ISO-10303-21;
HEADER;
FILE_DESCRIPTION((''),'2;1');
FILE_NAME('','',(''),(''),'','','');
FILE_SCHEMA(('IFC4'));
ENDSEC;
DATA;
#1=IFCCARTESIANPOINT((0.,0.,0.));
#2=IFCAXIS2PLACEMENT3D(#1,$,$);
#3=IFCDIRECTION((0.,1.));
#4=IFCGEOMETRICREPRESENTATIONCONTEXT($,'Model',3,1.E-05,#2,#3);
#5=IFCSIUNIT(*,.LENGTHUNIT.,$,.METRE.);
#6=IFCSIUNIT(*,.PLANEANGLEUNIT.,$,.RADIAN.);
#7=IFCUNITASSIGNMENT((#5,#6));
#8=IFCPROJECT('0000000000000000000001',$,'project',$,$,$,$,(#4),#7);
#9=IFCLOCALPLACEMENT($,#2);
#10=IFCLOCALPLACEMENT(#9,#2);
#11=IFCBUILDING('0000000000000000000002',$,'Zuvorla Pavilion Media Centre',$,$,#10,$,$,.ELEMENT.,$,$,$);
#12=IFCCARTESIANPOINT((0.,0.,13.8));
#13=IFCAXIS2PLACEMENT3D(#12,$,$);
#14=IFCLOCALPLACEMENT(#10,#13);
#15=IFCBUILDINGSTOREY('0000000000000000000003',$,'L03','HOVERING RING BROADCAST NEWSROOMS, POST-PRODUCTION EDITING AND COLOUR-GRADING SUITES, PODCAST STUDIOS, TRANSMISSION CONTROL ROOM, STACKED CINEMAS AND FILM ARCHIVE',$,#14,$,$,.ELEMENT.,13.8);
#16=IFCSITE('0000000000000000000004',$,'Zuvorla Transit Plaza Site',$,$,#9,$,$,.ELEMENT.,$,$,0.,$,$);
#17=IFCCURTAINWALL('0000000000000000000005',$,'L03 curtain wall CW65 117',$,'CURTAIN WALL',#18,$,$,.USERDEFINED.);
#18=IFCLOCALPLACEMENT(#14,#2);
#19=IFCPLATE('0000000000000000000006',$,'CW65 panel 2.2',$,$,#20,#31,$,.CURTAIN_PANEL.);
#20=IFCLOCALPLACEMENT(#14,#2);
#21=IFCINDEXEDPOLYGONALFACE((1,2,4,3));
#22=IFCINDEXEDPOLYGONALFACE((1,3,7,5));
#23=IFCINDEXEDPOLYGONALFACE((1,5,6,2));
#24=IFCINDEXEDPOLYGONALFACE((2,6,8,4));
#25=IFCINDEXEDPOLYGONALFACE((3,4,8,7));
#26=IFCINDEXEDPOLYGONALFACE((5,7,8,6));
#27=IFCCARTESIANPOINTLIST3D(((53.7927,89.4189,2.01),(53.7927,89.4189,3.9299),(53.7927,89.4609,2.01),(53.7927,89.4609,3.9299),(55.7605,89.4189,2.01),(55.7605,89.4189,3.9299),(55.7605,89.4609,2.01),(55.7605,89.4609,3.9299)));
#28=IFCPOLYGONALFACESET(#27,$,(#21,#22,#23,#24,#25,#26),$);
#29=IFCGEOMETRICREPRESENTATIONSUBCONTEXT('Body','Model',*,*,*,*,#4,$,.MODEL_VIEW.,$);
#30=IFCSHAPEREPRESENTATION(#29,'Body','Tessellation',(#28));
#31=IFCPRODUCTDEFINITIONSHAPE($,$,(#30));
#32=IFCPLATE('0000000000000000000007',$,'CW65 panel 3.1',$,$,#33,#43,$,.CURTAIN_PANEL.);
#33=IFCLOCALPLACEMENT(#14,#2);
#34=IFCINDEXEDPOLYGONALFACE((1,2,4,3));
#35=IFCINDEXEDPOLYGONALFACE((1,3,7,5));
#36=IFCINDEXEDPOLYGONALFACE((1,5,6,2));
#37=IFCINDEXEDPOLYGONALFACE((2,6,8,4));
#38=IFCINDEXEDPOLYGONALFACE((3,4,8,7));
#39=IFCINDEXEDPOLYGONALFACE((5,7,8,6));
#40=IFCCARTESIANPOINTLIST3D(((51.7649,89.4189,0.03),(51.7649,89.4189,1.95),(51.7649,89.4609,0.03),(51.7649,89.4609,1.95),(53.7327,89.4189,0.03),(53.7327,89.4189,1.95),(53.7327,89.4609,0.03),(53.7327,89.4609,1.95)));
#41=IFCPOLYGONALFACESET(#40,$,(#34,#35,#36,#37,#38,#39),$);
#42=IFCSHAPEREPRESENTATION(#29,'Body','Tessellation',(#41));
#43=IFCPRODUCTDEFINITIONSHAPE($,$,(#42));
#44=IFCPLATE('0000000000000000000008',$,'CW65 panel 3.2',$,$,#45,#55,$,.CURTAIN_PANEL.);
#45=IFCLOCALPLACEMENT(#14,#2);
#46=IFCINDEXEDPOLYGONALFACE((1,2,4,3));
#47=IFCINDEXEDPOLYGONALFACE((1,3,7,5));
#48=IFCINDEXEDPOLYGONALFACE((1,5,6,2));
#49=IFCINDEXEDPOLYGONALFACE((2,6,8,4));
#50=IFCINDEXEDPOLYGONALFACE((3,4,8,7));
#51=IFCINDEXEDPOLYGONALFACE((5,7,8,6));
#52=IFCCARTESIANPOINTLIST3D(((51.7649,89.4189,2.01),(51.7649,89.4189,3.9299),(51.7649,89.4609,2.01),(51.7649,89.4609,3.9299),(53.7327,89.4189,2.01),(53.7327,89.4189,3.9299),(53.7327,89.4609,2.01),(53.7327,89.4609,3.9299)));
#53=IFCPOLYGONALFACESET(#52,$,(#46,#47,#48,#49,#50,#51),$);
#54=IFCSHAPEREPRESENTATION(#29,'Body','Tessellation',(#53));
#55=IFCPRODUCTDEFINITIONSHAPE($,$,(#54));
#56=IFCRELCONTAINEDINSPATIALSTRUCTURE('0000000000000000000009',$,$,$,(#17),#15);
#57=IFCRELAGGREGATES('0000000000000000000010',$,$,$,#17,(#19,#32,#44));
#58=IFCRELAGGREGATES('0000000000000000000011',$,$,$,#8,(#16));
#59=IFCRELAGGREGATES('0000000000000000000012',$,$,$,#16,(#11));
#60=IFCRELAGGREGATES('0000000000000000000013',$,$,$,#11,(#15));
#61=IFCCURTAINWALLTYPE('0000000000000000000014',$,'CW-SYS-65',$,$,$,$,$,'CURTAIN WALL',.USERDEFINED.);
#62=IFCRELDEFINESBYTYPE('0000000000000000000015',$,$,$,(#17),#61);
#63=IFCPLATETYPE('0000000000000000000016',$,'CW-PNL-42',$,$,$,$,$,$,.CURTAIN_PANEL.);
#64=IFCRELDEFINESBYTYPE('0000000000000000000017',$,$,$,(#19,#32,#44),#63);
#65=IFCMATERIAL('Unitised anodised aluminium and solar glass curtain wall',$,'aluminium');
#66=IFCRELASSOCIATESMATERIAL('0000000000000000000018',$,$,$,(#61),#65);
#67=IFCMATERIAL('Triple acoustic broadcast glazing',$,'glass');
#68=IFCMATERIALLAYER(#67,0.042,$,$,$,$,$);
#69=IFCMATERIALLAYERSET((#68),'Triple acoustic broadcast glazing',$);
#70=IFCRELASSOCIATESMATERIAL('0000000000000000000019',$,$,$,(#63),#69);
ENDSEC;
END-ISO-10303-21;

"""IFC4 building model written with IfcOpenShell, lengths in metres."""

from ifc_helpers import new_model, si_unit, direction, frame, origin, origin_2d, place, context, subcontext, project, spatial, rectangle, extrude, material, layer, layer_set, type_object, element, aggregate, save


model = new_model("IFC4")

# Units and contexts
model_context = context("Model", 3, precision=1e-05, world=origin(), true_north=direction((0.0, 1.0)))
body_context = subcontext(model_context, "Body", "Model", "MODEL_VIEW")
ifc_project = project(units=[si_unit("LENGTHUNIT", "METRE"), si_unit("PLANEANGLEUNIT", "RADIAN")], contexts=[model_context])

# Site, building, storey
site_placement = place(None, origin())
site = spatial("IfcSite", under=ifc_project, at=site_placement, Name="Zuvorla Transit Plaza Site", CompositionType="ELEMENT", RefElevation=0.0)
building_placement = place(site_placement, origin())
building = spatial("IfcBuilding", under=site, at=building_placement, Name="Zuvorla Pavilion Media Centre", CompositionType="ELEMENT")
storey_placement = place(building_placement, frame((0.0, 0.0, 13.8)))
storey = spatial("IfcBuildingStorey", under=building, at=storey_placement, Name="L03", Description="HOVERING RING BROADCAST NEWSROOMS, POST-PRODUCTION EDITING AND COLOUR-GRADING SUITES, PODCAST STUDIOS, TRANSMISSION CONTROL ROOM, STACKED CINEMAS AND FILM ARCHIVE", CompositionType="ELEMENT", Elevation=13.8)

# Curtain wall
ifc_material_1 = material(Name="Unitised anodised aluminium and solar glass curtain wall", Category="aluminium")
curtain_wall_type_1 = type_object("IfcCurtainWallType", Name="CW-SYS-65", ElementType="CURTAIN WALL", PredefinedType="USERDEFINED", material=ifc_material_1)
curtain_wall_1_placement = place(storey_placement, origin())
curtain_wall_1 = element("IfcCurtainWall", 1, at=curtain_wall_1_placement, inside=storey, type_object=curtain_wall_type_1, Name="L03 curtain wall CW65 117", ObjectType="CURTAIN WALL", PredefinedType="USERDEFINED")

# Plates
ifc_material_2 = material(Name="Triple acoustic broadcast glazing", Category="glass")
ifc_layer_1 = layer(ifc_material_2, 0.042)
ifc_layer_set_1 = layer_set([ifc_layer_1], Name="Triple acoustic broadcast glazing")
plate_type_1 = type_object("IfcPlateType", Name="CW-PNL-42", PredefinedType="CURTAIN_PANEL", material=ifc_layer_set_1)
plate_1_placement = place(storey_placement, frame((54.7766, 89.4399, 2.01), z_axis=(0.0, 0.0, 1.0), x_axis=(-1.0, 0.0, 0.0)))
plate_1 = element("IfcPlate", 2, at=plate_1_placement, type_object=plate_type_1, Name="CW65 panel 2.2", PredefinedType="CURTAIN_PANEL", context=body_context, shape_type="SweptSolid", body=[
    extrude(rectangle(XDim=1.9678, YDim=0.042, at=origin_2d()), origin(), (0.0, 0.0, 1.0), 1.9199),
])
plate_2_placement = place(storey_placement, frame((52.7488, 89.4399, 0.03), z_axis=(0.0, 0.0, 1.0), x_axis=(-1.0, 0.0, 0.0)))
plate_2 = element("IfcPlate", 3, at=plate_2_placement, type_object=plate_type_1, Name="CW65 panel 3.1", PredefinedType="CURTAIN_PANEL", context=body_context, shape_type="SweptSolid", body=[
    extrude(rectangle(XDim=1.9678, YDim=0.042, at=origin_2d()), origin(), (0.0, 0.0, 1.0), 1.9199),
])
plate_3_placement = place(storey_placement, frame((52.7488, 89.4399, 2.01), z_axis=(0.0, 0.0, 1.0), x_axis=(-1.0, 0.0, 0.0)))
plate_3 = element("IfcPlate", 4, at=plate_3_placement, type_object=plate_type_1, Name="CW65 panel 3.2", PredefinedType="CURTAIN_PANEL", context=body_context, shape_type="SweptSolid", body=[
    extrude(rectangle(XDim=1.9678, YDim=0.042, at=origin_2d()), origin(), (0.0, 0.0, 1.0), 1.9199),
])
aggregate(curtain_wall_1, [plate_1, plate_2, plate_3])

save(model, "model.ifc")
